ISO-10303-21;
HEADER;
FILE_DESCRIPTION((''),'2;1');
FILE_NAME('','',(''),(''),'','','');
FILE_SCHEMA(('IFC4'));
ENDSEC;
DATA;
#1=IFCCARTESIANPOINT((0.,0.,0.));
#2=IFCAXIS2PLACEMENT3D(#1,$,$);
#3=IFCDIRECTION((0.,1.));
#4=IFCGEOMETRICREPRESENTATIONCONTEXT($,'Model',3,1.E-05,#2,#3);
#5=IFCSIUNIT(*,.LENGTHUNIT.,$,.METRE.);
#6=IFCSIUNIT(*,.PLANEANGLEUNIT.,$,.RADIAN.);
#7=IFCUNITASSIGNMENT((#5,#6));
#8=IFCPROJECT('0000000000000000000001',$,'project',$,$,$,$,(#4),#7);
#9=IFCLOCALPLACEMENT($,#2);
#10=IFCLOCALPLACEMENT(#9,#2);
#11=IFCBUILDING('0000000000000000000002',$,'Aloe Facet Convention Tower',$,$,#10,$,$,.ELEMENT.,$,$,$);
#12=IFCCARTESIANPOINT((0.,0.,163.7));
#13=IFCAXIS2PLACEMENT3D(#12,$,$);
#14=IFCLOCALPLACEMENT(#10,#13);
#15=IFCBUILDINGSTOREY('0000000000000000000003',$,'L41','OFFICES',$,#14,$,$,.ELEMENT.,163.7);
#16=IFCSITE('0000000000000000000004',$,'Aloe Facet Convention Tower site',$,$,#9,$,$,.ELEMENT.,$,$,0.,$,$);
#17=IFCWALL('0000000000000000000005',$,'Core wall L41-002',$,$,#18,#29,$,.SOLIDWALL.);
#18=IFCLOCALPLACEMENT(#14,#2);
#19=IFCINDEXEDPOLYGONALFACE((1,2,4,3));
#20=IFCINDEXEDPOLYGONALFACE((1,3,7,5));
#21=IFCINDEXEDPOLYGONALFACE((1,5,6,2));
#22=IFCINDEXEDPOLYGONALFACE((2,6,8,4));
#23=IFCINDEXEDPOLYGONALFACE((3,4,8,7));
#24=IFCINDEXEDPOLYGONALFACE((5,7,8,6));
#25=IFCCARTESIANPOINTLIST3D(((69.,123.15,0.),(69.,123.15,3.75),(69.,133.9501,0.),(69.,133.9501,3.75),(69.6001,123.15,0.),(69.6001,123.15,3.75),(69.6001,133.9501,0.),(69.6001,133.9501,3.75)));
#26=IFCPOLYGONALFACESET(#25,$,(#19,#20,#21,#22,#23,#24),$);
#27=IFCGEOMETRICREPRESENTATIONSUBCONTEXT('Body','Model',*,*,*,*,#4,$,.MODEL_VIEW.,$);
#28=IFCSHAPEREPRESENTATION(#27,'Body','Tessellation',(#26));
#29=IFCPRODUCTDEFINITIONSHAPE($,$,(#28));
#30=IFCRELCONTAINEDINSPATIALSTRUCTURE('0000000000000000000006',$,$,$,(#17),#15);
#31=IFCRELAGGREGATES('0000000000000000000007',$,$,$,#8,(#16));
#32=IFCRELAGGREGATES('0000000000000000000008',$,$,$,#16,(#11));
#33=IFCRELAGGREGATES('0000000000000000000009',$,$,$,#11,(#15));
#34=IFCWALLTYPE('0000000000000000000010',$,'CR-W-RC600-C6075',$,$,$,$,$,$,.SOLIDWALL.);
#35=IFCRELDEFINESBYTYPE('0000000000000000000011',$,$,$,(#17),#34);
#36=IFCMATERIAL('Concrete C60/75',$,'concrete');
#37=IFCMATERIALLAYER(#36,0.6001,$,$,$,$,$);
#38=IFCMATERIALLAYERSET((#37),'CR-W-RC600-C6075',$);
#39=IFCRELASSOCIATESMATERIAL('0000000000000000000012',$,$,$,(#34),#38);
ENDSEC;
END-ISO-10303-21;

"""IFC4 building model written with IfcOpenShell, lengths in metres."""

from ifc_helpers import new_model, si_unit, direction, frame, frame_2d, origin, place, context, subcontext, project, spatial, rectangle, extrude, material, layer, layer_set, type_object, element, save


model = new_model("IFC4")

# Units and contexts
model_context = context("Model", 3, precision=1e-05, world=origin(), true_north=direction((0.0, 1.0)))
body_context = subcontext(model_context, "Body", "Model", "MODEL_VIEW")
ifc_project = project(units=[si_unit("LENGTHUNIT", "METRE"), si_unit("PLANEANGLEUNIT", "RADIAN")], contexts=[model_context])

# Site, building, storey
site_placement = place(None, origin())
site = spatial("IfcSite", under=ifc_project, at=site_placement, Name="Aloe Facet Convention Tower site", CompositionType="ELEMENT", RefElevation=0.0)
building_placement = place(site_placement, origin())
building = spatial("IfcBuilding", under=site, at=building_placement, Name="Aloe Facet Convention Tower", CompositionType="ELEMENT")
storey_placement = place(building_placement, frame((0.0, 0.0, 163.7)))
storey = spatial("IfcBuildingStorey", under=building, at=storey_placement, Name="L41", Description="OFFICES", CompositionType="ELEMENT", Elevation=163.7)

# Wall
ifc_material_1 = material(Name="Concrete C60/75", Category="concrete")
ifc_layer_1 = layer(ifc_material_1, 0.6001)
ifc_layer_set_1 = layer_set([ifc_layer_1], Name="CR-W-RC600-C6075")
wall_type_1 = type_object("IfcWallType", Name="CR-W-RC600-C6075", PredefinedType="SOLIDWALL", material=ifc_layer_set_1)
wall_1_placement = place(storey_placement, frame((69.3, 133.95, 0.0), z_axis=(0.0, 0.0, 1.0), x_axis=(0.0, -1.0, 0.0)))
element("IfcWall", 1, at=wall_1_placement, inside=storey, type_object=wall_type_1, Name="Core wall L41-002", PredefinedType="SOLIDWALL", context=body_context, shape_type="SweptSolid", body=[
    extrude(rectangle(XDim=10.8, YDim=0.6001, at=frame_2d((5.3999, 0.0))), origin(), (0.0, 0.0, 1.0), 3.75),
])

save(model, "model.ifc")
